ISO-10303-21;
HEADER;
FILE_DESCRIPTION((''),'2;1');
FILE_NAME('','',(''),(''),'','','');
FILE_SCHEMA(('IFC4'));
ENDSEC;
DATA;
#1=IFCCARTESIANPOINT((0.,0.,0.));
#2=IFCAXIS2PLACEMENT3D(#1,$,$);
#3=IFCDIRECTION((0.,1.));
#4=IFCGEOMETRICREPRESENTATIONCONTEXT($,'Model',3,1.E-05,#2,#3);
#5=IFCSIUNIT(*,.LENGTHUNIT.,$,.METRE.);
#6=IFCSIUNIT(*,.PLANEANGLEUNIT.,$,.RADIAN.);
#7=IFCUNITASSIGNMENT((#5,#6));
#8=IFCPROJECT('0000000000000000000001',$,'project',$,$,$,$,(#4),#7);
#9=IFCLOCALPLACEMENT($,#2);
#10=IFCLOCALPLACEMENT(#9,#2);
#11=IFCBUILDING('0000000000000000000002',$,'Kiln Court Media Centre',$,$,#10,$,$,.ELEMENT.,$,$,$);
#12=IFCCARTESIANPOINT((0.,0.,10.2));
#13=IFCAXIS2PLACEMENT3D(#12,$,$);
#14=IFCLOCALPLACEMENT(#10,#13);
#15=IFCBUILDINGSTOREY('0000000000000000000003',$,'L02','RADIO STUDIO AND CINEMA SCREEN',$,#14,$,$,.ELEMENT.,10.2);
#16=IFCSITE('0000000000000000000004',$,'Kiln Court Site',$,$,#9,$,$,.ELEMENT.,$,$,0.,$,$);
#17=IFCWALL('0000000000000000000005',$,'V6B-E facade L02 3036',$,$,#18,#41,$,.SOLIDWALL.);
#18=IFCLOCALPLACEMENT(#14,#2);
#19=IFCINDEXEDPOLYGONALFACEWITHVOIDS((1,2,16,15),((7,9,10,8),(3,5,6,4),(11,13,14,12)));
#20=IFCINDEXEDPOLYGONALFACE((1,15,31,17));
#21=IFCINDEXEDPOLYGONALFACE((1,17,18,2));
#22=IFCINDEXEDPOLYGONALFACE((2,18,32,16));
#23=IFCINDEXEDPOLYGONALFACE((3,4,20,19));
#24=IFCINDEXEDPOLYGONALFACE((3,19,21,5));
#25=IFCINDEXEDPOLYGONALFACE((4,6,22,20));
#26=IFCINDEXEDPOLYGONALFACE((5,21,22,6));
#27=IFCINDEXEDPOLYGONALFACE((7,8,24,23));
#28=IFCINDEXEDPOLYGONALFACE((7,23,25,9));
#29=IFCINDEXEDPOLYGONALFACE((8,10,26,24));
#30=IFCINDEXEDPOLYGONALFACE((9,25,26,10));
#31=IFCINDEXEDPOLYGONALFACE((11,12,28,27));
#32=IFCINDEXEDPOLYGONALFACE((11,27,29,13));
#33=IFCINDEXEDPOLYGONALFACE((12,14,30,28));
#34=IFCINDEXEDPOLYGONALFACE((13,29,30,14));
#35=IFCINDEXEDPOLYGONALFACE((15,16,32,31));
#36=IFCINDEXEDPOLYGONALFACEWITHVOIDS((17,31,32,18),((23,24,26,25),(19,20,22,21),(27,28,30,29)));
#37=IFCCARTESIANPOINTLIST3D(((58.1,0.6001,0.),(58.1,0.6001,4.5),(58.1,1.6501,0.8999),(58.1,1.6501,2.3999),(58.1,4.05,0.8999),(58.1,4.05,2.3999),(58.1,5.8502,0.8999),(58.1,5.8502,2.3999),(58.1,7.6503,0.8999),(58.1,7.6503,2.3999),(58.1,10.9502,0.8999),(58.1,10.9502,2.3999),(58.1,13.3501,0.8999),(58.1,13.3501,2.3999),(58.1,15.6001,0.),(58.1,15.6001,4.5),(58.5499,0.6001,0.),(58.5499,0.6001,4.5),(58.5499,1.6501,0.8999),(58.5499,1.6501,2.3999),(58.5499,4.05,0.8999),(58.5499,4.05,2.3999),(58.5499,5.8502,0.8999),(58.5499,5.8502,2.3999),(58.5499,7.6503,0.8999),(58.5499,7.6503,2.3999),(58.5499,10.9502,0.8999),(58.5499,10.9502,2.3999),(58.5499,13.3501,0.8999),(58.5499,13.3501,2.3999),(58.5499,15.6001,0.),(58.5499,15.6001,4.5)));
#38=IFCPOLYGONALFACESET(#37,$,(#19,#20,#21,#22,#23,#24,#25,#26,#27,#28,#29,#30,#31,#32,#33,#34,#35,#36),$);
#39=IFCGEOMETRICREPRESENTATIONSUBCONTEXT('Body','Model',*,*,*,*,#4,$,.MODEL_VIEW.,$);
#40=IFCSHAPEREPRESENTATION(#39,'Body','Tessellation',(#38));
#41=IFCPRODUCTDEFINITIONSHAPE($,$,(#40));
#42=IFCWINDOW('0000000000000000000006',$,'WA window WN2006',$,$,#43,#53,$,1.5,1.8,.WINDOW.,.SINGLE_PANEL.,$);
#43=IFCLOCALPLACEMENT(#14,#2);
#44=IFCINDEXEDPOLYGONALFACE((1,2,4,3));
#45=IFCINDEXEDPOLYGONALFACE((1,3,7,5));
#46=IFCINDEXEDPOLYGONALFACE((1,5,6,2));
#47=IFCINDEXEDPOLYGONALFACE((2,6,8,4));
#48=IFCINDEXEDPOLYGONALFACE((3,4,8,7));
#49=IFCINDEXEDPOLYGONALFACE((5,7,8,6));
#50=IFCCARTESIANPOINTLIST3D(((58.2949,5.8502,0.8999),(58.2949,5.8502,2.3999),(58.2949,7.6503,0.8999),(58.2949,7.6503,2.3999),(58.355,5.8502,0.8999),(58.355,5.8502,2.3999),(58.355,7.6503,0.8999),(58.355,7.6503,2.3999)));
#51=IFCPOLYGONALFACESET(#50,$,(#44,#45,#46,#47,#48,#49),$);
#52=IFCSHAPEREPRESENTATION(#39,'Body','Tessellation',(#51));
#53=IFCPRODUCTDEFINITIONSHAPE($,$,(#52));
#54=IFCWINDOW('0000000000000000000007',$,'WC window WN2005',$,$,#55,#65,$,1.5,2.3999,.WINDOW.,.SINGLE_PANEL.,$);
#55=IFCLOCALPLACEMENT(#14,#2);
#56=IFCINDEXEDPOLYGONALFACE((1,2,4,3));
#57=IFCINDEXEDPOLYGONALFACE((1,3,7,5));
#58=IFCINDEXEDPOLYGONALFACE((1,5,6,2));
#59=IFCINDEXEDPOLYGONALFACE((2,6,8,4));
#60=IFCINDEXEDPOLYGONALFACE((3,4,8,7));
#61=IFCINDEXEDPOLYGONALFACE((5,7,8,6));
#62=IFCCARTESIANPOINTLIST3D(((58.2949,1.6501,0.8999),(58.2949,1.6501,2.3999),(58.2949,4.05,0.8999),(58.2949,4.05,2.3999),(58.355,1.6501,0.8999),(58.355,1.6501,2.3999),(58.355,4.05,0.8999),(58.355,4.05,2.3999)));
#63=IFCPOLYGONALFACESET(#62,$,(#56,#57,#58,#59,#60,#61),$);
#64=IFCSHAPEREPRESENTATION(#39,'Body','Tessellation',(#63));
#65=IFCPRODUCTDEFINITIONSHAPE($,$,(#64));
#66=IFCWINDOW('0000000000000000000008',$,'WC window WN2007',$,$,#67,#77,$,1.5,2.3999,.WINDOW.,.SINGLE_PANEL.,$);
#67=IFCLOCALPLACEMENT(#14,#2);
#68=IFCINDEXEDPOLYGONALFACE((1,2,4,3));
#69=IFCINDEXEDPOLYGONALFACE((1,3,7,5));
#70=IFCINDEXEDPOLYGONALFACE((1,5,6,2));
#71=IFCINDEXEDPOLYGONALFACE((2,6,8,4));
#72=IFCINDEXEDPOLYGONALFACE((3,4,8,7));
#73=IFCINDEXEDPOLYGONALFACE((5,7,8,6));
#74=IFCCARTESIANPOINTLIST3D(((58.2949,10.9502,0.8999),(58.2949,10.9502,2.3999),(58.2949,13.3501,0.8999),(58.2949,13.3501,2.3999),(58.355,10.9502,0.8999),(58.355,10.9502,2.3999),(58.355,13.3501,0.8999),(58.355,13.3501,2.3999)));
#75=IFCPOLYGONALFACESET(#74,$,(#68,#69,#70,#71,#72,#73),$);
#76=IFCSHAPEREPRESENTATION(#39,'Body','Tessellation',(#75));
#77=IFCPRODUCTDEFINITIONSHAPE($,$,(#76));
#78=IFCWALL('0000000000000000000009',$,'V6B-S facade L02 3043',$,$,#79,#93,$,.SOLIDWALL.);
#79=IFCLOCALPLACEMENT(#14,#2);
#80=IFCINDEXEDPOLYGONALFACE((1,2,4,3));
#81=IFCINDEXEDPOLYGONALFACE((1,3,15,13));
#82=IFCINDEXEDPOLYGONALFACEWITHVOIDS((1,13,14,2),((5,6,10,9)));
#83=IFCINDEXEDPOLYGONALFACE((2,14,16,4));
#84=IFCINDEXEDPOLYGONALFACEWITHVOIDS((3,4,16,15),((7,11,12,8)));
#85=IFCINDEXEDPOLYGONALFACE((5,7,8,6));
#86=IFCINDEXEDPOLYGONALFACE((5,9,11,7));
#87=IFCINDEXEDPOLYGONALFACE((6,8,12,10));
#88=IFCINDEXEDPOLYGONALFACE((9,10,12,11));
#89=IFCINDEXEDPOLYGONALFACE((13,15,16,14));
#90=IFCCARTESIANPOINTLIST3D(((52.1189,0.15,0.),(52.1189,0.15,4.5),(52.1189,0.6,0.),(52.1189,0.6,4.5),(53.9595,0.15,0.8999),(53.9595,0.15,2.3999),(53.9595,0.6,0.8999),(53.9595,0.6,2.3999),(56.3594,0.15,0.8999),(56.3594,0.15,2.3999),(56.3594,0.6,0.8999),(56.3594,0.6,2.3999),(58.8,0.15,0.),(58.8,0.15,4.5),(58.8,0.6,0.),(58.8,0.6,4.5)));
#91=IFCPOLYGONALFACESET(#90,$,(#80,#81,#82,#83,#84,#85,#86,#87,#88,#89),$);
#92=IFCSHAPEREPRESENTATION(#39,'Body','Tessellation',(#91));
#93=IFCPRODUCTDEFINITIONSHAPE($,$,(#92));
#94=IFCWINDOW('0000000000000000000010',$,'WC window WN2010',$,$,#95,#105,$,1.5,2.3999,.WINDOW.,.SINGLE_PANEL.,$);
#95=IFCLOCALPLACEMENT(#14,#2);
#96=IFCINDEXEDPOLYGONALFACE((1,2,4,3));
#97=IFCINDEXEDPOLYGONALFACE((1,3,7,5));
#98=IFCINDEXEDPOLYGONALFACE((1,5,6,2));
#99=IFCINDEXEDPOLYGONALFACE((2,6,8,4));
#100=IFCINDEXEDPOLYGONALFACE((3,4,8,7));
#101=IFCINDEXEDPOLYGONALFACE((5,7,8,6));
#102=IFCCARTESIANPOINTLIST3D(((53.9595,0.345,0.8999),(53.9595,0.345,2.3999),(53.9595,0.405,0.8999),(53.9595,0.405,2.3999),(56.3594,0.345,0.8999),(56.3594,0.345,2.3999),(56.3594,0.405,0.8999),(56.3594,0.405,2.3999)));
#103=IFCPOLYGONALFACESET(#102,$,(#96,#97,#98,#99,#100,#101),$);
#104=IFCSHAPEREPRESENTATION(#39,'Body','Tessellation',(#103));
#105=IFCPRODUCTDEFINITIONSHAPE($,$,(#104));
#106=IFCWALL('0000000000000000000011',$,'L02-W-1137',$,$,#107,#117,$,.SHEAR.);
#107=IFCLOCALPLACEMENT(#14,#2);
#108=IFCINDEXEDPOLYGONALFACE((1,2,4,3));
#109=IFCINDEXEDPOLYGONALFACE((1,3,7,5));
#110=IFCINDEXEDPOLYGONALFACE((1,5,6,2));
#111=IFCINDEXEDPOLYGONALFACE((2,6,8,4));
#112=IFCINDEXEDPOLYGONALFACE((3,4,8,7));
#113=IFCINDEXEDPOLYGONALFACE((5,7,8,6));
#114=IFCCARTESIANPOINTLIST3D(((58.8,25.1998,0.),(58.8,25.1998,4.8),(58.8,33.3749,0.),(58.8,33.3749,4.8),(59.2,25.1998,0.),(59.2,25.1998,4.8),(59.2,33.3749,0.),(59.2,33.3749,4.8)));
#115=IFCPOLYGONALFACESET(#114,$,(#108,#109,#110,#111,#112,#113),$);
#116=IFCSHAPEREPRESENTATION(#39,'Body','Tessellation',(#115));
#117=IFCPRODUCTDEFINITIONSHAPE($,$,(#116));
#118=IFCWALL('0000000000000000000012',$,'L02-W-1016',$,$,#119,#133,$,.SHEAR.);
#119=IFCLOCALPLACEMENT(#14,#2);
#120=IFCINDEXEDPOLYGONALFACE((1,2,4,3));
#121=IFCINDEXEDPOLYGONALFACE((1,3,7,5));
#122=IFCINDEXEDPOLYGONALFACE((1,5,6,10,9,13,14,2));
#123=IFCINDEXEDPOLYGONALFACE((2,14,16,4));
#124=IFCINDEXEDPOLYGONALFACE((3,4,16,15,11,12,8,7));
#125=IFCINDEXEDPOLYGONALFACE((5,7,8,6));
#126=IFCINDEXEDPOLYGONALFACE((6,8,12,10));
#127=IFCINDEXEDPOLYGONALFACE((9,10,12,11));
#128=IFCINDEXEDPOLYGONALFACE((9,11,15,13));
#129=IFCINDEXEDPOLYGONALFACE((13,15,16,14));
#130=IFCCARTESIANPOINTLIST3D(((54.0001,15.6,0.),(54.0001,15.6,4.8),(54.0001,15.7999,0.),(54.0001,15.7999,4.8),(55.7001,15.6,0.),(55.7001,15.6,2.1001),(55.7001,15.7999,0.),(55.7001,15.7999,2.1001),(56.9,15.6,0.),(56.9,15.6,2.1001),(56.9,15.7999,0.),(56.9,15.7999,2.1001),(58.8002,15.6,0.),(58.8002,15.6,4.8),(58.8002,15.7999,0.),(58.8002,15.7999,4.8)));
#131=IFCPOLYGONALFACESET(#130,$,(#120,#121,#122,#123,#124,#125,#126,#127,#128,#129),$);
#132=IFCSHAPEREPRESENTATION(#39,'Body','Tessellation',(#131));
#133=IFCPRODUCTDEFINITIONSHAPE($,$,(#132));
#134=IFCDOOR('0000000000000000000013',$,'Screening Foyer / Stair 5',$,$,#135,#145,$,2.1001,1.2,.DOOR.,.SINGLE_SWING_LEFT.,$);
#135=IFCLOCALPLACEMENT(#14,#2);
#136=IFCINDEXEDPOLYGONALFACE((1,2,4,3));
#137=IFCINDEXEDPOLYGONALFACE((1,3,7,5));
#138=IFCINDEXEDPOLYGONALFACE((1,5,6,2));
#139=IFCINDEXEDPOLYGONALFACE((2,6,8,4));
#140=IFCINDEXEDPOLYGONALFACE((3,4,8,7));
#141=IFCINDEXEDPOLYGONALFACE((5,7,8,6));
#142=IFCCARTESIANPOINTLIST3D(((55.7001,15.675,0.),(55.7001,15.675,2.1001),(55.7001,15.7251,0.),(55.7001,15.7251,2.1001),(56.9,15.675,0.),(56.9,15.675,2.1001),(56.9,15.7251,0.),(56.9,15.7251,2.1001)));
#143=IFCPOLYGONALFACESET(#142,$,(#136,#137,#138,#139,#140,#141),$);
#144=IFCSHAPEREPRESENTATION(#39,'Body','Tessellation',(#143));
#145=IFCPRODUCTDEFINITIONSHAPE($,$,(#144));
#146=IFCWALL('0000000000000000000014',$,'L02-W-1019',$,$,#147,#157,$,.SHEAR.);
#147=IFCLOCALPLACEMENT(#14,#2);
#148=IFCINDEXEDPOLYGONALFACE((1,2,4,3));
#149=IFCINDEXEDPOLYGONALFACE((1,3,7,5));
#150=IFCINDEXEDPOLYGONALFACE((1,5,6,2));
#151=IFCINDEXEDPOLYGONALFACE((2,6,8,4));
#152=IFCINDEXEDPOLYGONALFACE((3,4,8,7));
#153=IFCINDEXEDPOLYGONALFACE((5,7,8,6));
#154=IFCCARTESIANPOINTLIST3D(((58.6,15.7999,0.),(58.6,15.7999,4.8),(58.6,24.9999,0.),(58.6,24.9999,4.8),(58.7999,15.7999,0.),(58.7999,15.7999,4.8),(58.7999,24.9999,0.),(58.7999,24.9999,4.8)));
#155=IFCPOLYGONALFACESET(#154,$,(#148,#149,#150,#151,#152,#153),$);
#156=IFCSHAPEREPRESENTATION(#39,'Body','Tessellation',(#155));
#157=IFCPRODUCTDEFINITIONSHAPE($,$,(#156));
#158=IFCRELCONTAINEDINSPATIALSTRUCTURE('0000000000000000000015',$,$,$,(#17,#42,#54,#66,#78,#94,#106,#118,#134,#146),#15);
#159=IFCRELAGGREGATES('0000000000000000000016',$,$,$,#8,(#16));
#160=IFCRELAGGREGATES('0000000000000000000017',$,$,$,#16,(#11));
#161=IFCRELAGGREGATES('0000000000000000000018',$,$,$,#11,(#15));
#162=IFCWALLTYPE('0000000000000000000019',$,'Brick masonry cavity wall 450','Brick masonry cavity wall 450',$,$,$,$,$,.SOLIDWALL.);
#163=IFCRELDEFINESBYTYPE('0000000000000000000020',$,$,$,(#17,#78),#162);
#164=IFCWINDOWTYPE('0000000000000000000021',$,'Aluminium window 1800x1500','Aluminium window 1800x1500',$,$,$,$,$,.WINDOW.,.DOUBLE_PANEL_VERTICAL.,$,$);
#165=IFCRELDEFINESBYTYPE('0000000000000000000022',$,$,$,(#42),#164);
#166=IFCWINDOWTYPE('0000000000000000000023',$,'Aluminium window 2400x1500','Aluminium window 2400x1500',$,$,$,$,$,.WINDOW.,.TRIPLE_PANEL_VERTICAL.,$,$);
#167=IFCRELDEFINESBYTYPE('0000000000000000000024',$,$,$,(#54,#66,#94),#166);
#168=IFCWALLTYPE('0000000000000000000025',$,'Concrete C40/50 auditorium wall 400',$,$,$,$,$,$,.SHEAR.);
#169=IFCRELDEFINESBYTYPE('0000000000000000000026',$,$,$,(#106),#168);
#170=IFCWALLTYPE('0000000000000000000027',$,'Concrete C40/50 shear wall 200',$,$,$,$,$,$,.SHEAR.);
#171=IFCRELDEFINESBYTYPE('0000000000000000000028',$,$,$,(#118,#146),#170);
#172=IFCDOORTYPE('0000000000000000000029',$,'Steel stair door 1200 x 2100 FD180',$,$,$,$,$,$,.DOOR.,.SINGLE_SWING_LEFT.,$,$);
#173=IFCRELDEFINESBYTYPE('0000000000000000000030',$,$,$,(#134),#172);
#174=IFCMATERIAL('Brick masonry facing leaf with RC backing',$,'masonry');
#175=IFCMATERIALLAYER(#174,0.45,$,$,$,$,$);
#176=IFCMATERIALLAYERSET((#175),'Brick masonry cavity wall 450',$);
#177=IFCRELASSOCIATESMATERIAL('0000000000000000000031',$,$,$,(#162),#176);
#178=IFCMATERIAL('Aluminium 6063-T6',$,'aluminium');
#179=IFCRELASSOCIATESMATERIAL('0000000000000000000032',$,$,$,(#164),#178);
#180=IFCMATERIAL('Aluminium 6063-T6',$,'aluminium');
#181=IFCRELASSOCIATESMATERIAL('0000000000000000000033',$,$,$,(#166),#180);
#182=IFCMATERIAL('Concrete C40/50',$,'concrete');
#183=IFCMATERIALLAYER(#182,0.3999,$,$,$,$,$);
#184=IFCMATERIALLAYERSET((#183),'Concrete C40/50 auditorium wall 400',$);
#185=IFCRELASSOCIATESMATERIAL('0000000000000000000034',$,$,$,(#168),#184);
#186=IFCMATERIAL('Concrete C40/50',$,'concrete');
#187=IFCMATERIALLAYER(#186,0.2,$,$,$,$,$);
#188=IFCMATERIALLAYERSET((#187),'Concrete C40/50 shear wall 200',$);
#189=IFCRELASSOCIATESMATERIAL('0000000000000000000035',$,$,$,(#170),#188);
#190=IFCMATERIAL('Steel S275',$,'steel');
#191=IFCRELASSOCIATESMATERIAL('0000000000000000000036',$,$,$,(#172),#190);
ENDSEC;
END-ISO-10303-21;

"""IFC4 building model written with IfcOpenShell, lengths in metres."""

from ifc_helpers import new_model, si_unit, direction, frame, frame_2d, origin, place, context, subcontext, project, spatial, rectangle, extrude, material, layer, layer_set, type_object, element, fill, save


model = new_model("IFC4")

# Units and contexts
model_context = context("Model", 3, precision=1e-05, world=origin(), true_north=direction((0.0, 1.0)))
body_context = subcontext(model_context, "Body", "Model", "MODEL_VIEW")
ifc_project = project(units=[si_unit("LENGTHUNIT", "METRE"), si_unit("PLANEANGLEUNIT", "RADIAN")], contexts=[model_context])

# Site, building, storey
site_placement = place(None, origin())
site = spatial("IfcSite", under=ifc_project, at=site_placement, Name="Kiln Court Site", CompositionType="ELEMENT", RefElevation=0.0)
building_placement = place(site_placement, origin())
building = spatial("IfcBuilding", under=site, at=building_placement, Name="Kiln Court Media Centre", CompositionType="ELEMENT")
storey_placement = place(building_placement, frame((0.0, 0.0, 10.2)))
storey = spatial("IfcBuildingStorey", under=building, at=storey_placement, Name="L02", Description="RADIO STUDIO AND CINEMA SCREEN", CompositionType="ELEMENT", Elevation=10.2)

# Wall, openings, windows
ifc_material_1 = material(Name="Brick masonry facing leaf with RC backing", Category="masonry")
ifc_layer_1 = layer(ifc_material_1, 0.45)
ifc_layer_set_1 = layer_set([ifc_layer_1], Name="Brick masonry cavity wall 450")
wall_type_1 = type_object("IfcWallType", Name="Brick masonry cavity wall 450", Description="Brick masonry cavity wall 450", PredefinedType="SOLIDWALL", material=ifc_layer_set_1)
wall_1_placement = place(storey_placement, frame((58.325, 15.6001, 0.0), z_axis=(0.0, 0.0, 1.0), x_axis=(0.0, -1.0, 0.0)))
wall_1 = element("IfcWall", 1, at=wall_1_placement, inside=storey, type_object=wall_type_1, Name="V6B-E facade L02 3036", PredefinedType="SOLIDWALL", context=body_context, shape_type="SweptSolid", body=[
    extrude(rectangle(XDim=15.0, YDim=0.45, at=frame_2d((7.5, 0.0))), origin(), (0.0, 0.0, 1.0), 4.5),
])
opening_1_placement = place(wall_1_placement, frame((11.55, 0.0, 0.8999)))
opening_1 = element("IfcOpeningElement", 2, at=opening_1_placement, cuts=wall_1, PredefinedType="OPENING", context=body_context, shape_type="SweptSolid", body=[
    extrude(rectangle(XDim=2.3999, YDim=1.5, at=frame_2d((1.2, 0.75))), frame((0.0, 0.2349, 0.0), z_axis=(0.0, -1.0, 0.0), x_axis=(1.0, 0.0, 0.0)), (0.0, 0.0, 1.0), 0.47),
])
opening_2_placement = place(wall_1_placement, frame((7.95, 0.0, 0.8999)))
opening_2 = element("IfcOpeningElement", 3, at=opening_2_placement, cuts=wall_1, PredefinedType="OPENING", context=body_context, shape_type="SweptSolid", body=[
    extrude(rectangle(XDim=1.8, YDim=1.5, at=frame_2d((0.8999, 0.75))), frame((0.0, 0.2349, 0.0), z_axis=(0.0, -1.0, 0.0), x_axis=(1.0, 0.0, 0.0)), (0.0, 0.0, 1.0), 0.47),
])
opening_3_placement = place(wall_1_placement, frame((2.25, 0.0, 0.8999)))
opening_3 = element("IfcOpeningElement", 4, at=opening_3_placement, cuts=wall_1, PredefinedType="OPENING", context=body_context, shape_type="SweptSolid", body=[
    extrude(rectangle(XDim=2.3999, YDim=1.5, at=frame_2d((1.2, 0.75))), frame((0.0, 0.2349, 0.0), z_axis=(0.0, -1.0, 0.0), x_axis=(1.0, 0.0, 0.0)), (0.0, 0.0, 1.0), 0.47),
])
ifc_material_2 = material(Name="Aluminium 6063-T6", Category="aluminium")
window_type_1 = type_object("IfcWindowType", Name="Aluminium window 1800x1500", Description="Aluminium window 1800x1500", PartitioningType="DOUBLE_PANEL_VERTICAL", PredefinedType="WINDOW", material=ifc_material_2)
window_1_placement = place(opening_2_placement, origin())
window_1 = element("IfcWindow", 5, at=window_1_placement, inside=storey, type_object=window_type_1, Name="WA window WN2006", OverallHeight=1.5, OverallWidth=1.8, PartitioningType="SINGLE_PANEL", PredefinedType="WINDOW", context=body_context, shape_type="SweptSolid", body=[
    extrude(rectangle(XDim=1.8, YDim=1.5, at=frame_2d((0.8999, 0.75))), frame((0.0, 0.03, 0.0), z_axis=(0.0, -1.0, 0.0), x_axis=(1.0, 0.0, 0.0)), (0.0, 0.0, 1.0), 0.0601),
])
fill(opening_2, window_1)
ifc_material_3 = material(Name="Aluminium 6063-T6", Category="aluminium")
window_type_2 = type_object("IfcWindowType", Name="Aluminium window 2400x1500", Description="Aluminium window 2400x1500", PartitioningType="TRIPLE_PANEL_VERTICAL", PredefinedType="WINDOW", material=ifc_material_3)
window_2_placement = place(opening_1_placement, origin())
window_2 = element("IfcWindow", 6, at=window_2_placement, inside=storey, type_object=window_type_2, Name="WC window WN2005", OverallHeight=1.5, OverallWidth=2.3999, PartitioningType="SINGLE_PANEL", PredefinedType="WINDOW", context=body_context, shape_type="SweptSolid", body=[
    extrude(rectangle(XDim=2.3999, YDim=1.5, at=frame_2d((1.2, 0.75))), frame((0.0, 0.03, 0.0), z_axis=(0.0, -1.0, 0.0), x_axis=(1.0, 0.0, 0.0)), (0.0, 0.0, 1.0), 0.0601),
])
fill(opening_1, window_2)
window_3_placement = place(opening_3_placement, origin())
window_3 = element("IfcWindow", 7, at=window_3_placement, inside=storey, type_object=window_type_2, Name="WC window WN2007", OverallHeight=1.5, OverallWidth=2.3999, PartitioningType="SINGLE_PANEL", PredefinedType="WINDOW", context=body_context, shape_type="SweptSolid", body=[
    extrude(rectangle(XDim=2.3999, YDim=1.5, at=frame_2d((1.2, 0.75))), frame((0.0, 0.03, 0.0), z_axis=(0.0, -1.0, 0.0), x_axis=(1.0, 0.0, 0.0)), (0.0, 0.0, 1.0), 0.0601),
])
fill(opening_3, window_3)

# Wall, opening, window
wall_2_placement = place(storey_placement, frame((58.8, 0.375, 0.0), z_axis=(0.0, 0.0, 1.0), x_axis=(-1.0, 0.0, 0.0)))
wall_2 = element("IfcWall", 8, at=wall_2_placement, inside=storey, type_object=wall_type_1, Name="V6B-S facade L02 3043", PredefinedType="SOLIDWALL", context=body_context, shape_type="SweptSolid", body=[
    extrude(rectangle(XDim=6.6812, YDim=0.45, at=frame_2d((3.3406, 0.0))), origin(), (0.0, 0.0, 1.0), 4.5),
])
opening_4_placement = place(wall_2_placement, frame((2.4407, 0.0, 0.8999)))
opening_4 = element("IfcOpeningElement", 9, at=opening_4_placement, cuts=wall_2, PredefinedType="OPENING", context=body_context, shape_type="SweptSolid", body=[
    extrude(rectangle(XDim=2.3999, YDim=1.5, at=frame_2d((1.2, 0.75))), frame((0.0, 0.2349, 0.0), z_axis=(0.0, -1.0, 0.0), x_axis=(1.0, 0.0, 0.0)), (0.0, 0.0, 1.0), 0.47),
])
window_4_placement = place(opening_4_placement, origin())
window_4 = element("IfcWindow", 10, at=window_4_placement, inside=storey, type_object=window_type_2, Name="WC window WN2010", OverallHeight=1.5, OverallWidth=2.3999, PartitioningType="SINGLE_PANEL", PredefinedType="WINDOW", context=body_context, shape_type="SweptSolid", body=[
    extrude(rectangle(XDim=2.3999, YDim=1.5, at=frame_2d((1.2, 0.75))), frame((0.0, 0.03, 0.0), z_axis=(0.0, -1.0, 0.0), x_axis=(1.0, 0.0, 0.0)), (0.0, 0.0, 1.0), 0.0601),
])
fill(opening_4, window_4)

# Wall
ifc_material_4 = material(Name="Concrete C40/50", Category="concrete")
ifc_layer_2 = layer(ifc_material_4, 0.3999)
ifc_layer_set_2 = layer_set([ifc_layer_2], Name="Concrete C40/50 auditorium wall 400")
wall_type_2 = type_object("IfcWallType", Name="Concrete C40/50 auditorium wall 400", PredefinedType="SHEAR", material=ifc_layer_set_2)
wall_3_placement = place(storey_placement, frame((59.0, 25.2, 0.0), z_axis=(0.0, 0.0, 1.0), x_axis=(0.0, 1.0, 0.0)))
element("IfcWall", 11, at=wall_3_placement, inside=storey, type_object=wall_type_2, Name="L02-W-1137", PredefinedType="SHEAR", context=body_context, shape_type="SweptSolid", body=[
    extrude(rectangle(XDim=8.175, YDim=0.3999, at=frame_2d((4.0874, 0.0))), origin(), (0.0, 0.0, 1.0), 4.8),
])

# Wall, opening, door
ifc_material_5 = material(Name="Concrete C40/50", Category="concrete")
ifc_layer_3 = layer(ifc_material_5, 0.2)
ifc_layer_set_3 = layer_set([ifc_layer_3], Name="Concrete C40/50 shear wall 200")
wall_type_3 = type_object("IfcWallType", Name="Concrete C40/50 shear wall 200", PredefinedType="SHEAR", material=ifc_layer_set_3)
wall_4_placement = place(storey_placement, frame((58.8, 15.7, 0.0), z_axis=(0.0, 0.0, 1.0), x_axis=(-1.0, 0.0, 0.0)))
wall_4 = element("IfcWall", 12, at=wall_4_placement, inside=storey, type_object=wall_type_3, Name="L02-W-1016", PredefinedType="SHEAR", context=body_context, shape_type="SweptSolid", body=[
    extrude(rectangle(XDim=4.8, YDim=0.2, at=frame_2d((2.3999, 0.0))), origin(), (0.0, 0.0, 1.0), 4.8),
])
opening_5_placement = place(wall_4_placement, frame((1.8999, 0.0, 0.0)))
opening_5 = element("IfcOpeningElement", 13, at=opening_5_placement, cuts=wall_4, PredefinedType="OPENING", context=body_context, shape_type="SweptSolid", body=[
    extrude(rectangle(XDim=1.2, YDim=2.1001, at=frame_2d((0.6001, 1.05))), frame((0.0, 0.1099, 0.0), z_axis=(0.0, -1.0, 0.0), x_axis=(1.0, 0.0, 0.0)), (0.0, 0.0, 1.0), 0.22),
])
ifc_material_6 = material(Name="Steel S275", Category="steel")
door_type = type_object("IfcDoorType", Name="Steel stair door 1200 x 2100 FD180", OperationType="SINGLE_SWING_LEFT", PredefinedType="DOOR", material=ifc_material_6)
door_placement = place(opening_5_placement, origin())
door = element("IfcDoor", 14, at=door_placement, inside=storey, type_object=door_type, Name="Screening Foyer / Stair 5", OperationType="SINGLE_SWING_LEFT", OverallHeight=2.1001, OverallWidth=1.2, PredefinedType="DOOR", context=body_context, shape_type="SweptSolid", body=[
    extrude(rectangle(XDim=1.2, YDim=2.1001, at=frame_2d((0.6001, 1.05))), frame((0.0, 0.0249, 0.0), z_axis=(0.0, -1.0, 0.0), x_axis=(1.0, 0.0, 0.0)), (0.0, 0.0, 1.0), 0.05),
])
fill(opening_5, door)

# Wall
wall_5_placement = place(storey_placement, frame((58.7, 25.0, 0.0), z_axis=(0.0, 0.0, 1.0), x_axis=(0.0, -1.0, 0.0)))
element("IfcWall", 15, at=wall_5_placement, inside=storey, type_object=wall_type_3, Name="L02-W-1019", PredefinedType="SHEAR", context=body_context, shape_type="SweptSolid", body=[
    extrude(rectangle(XDim=9.2, YDim=0.2, at=frame_2d((4.6001, 0.0))), origin(), (0.0, 0.0, 1.0), 4.8),
])

save(model, "model.ifc")
